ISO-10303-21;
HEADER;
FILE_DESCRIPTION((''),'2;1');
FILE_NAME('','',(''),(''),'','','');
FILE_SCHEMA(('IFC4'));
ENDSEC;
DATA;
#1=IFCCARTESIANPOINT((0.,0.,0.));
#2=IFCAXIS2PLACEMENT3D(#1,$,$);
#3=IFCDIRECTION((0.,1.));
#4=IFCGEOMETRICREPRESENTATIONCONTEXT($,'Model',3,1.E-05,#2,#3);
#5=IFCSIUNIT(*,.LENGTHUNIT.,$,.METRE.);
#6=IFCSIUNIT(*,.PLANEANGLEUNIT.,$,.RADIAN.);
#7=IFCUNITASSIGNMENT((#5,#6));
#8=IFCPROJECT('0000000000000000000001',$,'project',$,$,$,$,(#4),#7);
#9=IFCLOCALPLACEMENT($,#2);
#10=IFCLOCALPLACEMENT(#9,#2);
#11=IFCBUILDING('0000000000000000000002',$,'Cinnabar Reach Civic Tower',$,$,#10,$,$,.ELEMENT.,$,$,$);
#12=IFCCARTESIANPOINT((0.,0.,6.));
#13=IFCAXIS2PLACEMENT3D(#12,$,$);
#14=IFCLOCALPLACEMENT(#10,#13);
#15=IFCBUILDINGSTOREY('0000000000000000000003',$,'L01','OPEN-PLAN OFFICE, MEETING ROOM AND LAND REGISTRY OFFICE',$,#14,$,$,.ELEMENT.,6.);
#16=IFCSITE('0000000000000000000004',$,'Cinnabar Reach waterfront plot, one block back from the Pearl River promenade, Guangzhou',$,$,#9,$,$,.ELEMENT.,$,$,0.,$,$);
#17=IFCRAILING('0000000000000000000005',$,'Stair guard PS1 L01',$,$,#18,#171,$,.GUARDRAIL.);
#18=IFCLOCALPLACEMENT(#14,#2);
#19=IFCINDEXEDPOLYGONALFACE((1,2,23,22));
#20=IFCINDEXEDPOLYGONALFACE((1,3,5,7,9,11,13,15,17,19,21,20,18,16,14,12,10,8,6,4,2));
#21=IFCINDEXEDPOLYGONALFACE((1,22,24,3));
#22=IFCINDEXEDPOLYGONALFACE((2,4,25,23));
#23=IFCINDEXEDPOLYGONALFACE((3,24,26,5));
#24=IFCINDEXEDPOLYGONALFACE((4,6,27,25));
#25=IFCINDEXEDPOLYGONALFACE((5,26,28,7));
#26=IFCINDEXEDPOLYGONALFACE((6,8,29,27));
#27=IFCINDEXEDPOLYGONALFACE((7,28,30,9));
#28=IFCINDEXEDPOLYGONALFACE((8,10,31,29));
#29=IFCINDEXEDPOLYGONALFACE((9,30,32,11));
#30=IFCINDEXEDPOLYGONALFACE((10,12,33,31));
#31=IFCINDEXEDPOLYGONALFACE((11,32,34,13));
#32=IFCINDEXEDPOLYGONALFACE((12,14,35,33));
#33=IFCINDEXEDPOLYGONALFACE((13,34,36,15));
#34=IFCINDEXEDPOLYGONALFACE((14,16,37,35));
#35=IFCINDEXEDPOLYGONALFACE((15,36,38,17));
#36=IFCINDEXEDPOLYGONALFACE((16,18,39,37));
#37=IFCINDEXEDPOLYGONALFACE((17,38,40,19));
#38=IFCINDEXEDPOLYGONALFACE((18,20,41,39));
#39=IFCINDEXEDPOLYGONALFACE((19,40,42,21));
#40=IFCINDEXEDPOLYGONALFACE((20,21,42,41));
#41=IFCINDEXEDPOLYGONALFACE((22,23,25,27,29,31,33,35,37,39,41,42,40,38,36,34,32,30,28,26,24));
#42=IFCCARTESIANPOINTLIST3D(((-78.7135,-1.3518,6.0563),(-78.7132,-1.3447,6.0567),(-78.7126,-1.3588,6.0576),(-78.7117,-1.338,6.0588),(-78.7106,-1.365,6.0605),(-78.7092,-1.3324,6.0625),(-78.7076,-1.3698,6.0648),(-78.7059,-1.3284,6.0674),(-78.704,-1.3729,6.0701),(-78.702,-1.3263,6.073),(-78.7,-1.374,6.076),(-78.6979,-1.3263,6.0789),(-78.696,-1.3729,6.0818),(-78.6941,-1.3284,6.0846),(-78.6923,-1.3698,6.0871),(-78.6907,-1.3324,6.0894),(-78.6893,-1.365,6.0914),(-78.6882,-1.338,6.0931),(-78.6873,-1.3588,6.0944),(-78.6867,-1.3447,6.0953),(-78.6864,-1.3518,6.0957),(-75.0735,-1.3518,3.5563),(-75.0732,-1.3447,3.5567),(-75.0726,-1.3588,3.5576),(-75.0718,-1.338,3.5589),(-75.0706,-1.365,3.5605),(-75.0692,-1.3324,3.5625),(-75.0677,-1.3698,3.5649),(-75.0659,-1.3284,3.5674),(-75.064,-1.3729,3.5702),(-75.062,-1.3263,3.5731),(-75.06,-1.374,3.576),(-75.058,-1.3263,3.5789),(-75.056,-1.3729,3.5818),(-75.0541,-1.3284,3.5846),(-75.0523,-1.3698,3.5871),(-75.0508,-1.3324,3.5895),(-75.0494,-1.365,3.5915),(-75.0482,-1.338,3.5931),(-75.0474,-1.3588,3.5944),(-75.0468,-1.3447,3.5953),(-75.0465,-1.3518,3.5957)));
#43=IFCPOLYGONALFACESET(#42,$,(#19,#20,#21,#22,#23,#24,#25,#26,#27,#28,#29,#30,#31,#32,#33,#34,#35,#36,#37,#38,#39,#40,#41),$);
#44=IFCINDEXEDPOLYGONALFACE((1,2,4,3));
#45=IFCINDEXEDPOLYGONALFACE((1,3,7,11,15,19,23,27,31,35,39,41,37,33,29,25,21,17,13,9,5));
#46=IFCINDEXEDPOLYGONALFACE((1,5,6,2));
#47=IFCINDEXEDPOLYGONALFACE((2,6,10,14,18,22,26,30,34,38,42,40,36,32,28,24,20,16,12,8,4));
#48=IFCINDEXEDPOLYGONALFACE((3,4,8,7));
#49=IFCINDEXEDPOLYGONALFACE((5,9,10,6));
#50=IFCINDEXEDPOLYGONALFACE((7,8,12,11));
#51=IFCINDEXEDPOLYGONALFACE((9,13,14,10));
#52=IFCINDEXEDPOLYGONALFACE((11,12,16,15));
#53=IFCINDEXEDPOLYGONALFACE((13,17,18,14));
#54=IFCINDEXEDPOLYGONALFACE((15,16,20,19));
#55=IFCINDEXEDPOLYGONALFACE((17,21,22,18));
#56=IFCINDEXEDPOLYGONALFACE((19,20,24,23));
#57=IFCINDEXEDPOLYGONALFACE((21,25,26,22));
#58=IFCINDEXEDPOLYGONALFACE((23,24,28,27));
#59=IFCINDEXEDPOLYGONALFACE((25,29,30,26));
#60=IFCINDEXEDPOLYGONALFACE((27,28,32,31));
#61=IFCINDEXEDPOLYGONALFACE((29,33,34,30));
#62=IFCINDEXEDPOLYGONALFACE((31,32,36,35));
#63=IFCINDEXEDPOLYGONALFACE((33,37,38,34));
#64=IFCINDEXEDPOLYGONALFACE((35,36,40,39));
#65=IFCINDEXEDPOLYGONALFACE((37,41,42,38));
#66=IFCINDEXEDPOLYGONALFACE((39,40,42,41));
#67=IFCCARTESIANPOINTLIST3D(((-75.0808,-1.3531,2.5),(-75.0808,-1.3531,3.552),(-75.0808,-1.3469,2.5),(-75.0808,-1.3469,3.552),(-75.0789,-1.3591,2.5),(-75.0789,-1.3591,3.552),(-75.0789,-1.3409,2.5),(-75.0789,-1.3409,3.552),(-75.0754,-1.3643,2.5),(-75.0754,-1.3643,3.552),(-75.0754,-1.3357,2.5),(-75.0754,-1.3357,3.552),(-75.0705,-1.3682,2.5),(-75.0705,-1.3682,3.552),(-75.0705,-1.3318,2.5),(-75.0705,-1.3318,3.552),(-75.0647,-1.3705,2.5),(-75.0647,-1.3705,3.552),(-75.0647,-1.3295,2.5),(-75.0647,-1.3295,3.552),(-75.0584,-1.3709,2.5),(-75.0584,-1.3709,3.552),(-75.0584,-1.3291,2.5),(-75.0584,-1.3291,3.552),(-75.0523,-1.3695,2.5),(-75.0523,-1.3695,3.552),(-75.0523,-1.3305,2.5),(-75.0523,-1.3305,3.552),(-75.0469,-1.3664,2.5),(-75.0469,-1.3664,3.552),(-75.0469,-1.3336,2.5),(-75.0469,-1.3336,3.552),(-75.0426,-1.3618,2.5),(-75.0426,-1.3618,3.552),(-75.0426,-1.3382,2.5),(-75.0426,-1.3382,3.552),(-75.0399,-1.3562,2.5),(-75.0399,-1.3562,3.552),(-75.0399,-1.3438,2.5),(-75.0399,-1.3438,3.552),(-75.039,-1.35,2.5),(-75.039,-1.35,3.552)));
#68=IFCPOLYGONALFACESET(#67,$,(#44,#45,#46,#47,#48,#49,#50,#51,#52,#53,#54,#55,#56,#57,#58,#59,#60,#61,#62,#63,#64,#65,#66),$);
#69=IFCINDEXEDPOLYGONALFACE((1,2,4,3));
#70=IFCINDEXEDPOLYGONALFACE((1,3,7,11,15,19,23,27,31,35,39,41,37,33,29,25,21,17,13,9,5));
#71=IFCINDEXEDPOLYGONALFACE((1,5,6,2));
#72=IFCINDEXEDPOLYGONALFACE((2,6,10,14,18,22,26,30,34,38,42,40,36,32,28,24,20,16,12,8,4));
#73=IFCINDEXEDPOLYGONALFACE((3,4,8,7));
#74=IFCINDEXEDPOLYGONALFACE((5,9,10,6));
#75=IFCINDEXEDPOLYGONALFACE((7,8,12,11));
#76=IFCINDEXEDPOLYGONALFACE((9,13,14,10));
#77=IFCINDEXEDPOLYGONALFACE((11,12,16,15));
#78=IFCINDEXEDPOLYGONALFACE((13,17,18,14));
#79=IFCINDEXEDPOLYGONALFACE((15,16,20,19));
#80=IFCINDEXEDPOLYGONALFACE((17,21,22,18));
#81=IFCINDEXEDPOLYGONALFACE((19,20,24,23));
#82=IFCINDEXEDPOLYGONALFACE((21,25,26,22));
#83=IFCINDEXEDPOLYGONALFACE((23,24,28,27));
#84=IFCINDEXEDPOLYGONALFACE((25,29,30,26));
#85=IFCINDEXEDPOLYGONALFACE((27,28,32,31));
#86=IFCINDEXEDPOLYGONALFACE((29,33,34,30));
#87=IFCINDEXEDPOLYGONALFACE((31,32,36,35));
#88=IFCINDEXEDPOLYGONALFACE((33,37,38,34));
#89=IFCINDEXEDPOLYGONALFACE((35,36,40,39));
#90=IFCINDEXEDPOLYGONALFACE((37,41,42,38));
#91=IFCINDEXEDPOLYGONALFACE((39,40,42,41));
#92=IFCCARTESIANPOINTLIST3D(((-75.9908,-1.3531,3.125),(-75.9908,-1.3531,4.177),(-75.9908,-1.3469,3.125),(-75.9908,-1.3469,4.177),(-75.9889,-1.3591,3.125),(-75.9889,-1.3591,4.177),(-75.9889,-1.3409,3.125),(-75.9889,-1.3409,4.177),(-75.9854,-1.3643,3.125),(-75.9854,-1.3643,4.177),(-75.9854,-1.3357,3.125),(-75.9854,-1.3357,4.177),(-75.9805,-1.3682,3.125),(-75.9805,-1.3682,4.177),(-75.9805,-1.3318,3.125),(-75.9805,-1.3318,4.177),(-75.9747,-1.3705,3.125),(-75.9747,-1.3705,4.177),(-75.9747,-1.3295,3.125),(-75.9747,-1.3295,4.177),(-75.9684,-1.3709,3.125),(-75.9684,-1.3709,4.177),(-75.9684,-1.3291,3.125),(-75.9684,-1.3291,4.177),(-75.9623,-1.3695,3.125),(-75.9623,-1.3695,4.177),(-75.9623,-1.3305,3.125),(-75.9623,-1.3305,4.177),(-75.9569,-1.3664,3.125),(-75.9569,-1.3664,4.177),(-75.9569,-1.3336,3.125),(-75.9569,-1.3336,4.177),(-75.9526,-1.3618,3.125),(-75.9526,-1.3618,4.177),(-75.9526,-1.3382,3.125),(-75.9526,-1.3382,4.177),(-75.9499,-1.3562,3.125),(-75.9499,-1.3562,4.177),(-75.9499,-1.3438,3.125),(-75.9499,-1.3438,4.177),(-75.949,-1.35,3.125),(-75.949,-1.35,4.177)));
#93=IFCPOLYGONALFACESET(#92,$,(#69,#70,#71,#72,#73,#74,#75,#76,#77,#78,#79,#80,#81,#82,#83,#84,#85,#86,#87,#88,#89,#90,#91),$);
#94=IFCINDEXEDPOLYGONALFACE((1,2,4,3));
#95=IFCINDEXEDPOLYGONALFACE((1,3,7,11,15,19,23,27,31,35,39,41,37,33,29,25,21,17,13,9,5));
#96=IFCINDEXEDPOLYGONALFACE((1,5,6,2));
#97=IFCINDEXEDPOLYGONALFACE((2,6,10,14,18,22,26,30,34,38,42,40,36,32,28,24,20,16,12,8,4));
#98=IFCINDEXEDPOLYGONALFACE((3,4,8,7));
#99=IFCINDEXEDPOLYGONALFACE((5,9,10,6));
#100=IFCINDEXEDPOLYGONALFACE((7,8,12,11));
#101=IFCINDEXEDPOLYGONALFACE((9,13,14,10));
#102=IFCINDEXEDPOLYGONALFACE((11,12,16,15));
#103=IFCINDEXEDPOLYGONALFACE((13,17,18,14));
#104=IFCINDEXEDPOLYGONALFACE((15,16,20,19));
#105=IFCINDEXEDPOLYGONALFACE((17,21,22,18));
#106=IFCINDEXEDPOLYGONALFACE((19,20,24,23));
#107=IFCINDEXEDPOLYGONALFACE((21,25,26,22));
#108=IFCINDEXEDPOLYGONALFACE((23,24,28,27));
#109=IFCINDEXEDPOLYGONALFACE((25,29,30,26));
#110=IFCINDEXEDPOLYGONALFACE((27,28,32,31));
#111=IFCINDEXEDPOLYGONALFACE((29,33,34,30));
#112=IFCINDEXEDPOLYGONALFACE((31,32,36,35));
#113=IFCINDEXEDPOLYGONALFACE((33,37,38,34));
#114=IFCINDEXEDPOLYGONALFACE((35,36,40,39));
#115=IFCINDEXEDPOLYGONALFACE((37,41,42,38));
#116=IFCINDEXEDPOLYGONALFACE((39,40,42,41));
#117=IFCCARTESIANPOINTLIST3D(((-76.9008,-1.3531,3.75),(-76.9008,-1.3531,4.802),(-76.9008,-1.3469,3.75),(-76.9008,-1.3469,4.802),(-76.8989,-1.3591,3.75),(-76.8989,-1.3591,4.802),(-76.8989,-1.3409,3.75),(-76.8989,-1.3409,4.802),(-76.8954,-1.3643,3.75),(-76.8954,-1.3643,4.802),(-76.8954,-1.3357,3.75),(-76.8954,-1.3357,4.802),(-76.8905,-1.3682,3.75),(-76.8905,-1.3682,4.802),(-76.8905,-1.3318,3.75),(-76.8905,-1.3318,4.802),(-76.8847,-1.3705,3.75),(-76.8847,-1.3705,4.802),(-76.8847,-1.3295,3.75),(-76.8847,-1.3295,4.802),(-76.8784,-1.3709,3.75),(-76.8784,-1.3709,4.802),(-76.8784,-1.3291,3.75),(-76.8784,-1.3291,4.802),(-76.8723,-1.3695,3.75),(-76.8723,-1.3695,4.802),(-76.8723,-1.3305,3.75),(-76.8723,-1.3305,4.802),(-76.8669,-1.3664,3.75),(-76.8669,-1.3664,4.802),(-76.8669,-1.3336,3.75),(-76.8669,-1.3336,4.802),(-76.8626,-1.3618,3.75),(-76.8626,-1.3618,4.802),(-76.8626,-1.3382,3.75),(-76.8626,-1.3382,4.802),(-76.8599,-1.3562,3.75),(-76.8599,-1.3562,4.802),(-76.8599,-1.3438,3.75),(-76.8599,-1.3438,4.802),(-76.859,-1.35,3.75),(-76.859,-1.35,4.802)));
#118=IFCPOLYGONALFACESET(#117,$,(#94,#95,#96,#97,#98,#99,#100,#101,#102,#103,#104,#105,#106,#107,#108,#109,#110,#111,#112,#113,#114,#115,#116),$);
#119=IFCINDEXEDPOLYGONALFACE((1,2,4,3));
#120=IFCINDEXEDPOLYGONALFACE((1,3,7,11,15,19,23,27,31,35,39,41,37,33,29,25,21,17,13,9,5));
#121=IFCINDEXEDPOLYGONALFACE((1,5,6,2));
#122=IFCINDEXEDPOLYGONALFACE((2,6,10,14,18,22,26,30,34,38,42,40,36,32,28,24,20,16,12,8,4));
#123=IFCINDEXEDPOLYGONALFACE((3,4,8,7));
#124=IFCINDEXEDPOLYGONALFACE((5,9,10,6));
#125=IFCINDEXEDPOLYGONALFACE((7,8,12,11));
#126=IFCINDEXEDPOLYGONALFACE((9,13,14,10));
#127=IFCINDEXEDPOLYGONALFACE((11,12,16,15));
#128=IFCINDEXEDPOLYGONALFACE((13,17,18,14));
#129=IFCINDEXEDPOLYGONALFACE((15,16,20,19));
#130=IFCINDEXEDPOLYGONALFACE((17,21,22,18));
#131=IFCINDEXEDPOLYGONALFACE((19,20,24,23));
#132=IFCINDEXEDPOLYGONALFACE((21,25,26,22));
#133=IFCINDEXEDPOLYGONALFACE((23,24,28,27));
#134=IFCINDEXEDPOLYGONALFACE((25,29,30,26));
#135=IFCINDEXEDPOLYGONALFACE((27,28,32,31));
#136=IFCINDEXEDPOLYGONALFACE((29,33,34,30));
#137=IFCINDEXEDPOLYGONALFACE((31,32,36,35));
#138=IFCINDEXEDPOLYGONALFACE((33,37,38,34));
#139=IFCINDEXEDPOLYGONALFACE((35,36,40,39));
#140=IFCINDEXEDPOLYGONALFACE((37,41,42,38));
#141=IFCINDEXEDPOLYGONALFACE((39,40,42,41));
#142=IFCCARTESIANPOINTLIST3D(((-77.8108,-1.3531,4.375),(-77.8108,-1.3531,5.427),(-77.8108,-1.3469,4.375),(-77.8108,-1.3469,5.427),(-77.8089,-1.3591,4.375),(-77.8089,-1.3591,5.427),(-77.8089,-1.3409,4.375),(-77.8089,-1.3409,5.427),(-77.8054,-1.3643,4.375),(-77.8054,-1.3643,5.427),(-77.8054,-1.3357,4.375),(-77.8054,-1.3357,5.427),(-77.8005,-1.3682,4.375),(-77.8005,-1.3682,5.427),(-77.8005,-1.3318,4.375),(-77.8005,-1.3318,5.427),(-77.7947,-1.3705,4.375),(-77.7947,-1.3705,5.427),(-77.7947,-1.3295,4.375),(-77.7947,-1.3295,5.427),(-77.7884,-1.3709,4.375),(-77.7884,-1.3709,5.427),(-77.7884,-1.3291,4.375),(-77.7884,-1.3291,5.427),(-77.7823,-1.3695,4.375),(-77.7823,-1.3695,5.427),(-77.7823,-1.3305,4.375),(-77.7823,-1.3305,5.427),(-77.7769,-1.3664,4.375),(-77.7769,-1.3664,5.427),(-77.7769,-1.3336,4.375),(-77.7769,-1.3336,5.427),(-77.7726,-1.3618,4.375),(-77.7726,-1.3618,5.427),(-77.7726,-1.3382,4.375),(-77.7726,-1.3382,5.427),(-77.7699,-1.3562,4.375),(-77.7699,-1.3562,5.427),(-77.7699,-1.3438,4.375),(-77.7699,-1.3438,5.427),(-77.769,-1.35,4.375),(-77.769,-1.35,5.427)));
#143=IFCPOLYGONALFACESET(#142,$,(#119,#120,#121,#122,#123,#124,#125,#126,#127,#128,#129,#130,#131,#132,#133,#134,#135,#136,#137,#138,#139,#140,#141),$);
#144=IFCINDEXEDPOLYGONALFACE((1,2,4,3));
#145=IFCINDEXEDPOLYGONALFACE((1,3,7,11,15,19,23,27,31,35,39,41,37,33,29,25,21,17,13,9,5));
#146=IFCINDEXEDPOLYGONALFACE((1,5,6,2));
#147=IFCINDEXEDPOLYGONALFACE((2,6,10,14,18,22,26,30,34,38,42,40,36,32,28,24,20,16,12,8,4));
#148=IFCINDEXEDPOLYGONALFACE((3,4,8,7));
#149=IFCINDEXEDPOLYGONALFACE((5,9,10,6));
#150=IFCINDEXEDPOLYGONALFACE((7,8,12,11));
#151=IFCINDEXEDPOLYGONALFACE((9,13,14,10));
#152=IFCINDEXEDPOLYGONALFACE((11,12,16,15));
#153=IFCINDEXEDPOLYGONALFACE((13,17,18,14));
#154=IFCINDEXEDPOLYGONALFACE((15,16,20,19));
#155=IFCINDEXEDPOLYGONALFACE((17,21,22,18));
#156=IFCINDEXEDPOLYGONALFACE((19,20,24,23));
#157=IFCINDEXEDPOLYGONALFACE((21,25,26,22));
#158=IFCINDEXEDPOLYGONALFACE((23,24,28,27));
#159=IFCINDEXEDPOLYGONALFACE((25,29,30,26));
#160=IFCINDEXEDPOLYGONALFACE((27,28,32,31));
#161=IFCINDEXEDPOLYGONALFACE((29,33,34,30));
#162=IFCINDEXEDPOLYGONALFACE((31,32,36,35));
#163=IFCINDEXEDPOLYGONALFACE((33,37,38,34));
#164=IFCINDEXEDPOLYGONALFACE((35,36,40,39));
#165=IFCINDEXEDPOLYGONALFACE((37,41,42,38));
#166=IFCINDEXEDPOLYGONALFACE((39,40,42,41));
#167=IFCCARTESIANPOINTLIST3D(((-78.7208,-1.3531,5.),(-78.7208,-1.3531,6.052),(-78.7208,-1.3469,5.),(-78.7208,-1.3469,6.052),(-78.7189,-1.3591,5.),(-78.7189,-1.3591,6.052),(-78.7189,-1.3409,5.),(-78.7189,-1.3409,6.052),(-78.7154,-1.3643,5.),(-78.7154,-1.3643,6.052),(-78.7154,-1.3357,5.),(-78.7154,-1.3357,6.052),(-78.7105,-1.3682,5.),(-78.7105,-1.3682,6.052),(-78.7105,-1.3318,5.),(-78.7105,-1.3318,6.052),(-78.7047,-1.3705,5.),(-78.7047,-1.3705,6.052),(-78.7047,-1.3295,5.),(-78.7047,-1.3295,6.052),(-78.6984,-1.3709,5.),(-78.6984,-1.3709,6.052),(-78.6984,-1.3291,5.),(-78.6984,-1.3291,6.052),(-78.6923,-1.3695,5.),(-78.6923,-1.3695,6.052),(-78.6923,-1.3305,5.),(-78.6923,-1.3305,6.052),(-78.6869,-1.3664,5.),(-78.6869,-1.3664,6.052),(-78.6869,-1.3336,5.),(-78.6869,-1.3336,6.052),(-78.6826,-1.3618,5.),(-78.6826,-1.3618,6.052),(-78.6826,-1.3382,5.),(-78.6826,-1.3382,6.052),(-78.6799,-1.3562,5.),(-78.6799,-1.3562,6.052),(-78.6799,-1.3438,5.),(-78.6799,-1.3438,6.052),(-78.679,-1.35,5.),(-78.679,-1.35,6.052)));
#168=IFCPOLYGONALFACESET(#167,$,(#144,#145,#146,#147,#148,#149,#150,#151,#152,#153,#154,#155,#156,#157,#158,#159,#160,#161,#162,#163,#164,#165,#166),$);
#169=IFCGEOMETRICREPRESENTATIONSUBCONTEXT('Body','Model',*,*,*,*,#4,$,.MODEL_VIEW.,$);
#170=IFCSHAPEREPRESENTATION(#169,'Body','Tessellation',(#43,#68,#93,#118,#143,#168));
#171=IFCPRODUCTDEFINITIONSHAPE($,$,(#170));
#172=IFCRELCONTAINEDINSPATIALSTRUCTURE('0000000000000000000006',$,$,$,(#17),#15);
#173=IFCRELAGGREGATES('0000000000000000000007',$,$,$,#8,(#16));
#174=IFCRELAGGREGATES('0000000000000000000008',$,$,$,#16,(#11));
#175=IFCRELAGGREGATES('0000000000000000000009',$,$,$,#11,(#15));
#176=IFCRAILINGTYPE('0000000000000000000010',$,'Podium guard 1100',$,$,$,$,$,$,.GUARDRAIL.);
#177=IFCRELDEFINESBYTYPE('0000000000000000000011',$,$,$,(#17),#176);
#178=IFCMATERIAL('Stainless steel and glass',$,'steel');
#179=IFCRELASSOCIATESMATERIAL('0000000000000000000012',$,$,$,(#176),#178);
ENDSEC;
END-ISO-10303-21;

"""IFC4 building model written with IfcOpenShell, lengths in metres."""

from ifc_helpers import new_model, si_unit, direction, frame, origin, origin_2d, place, context, subcontext, project, spatial, circle, extrude, material, type_object, element, save


model = new_model("IFC4")

# Units and contexts
model_context = context("Model", 3, precision=1e-05, world=origin(), true_north=direction((0.0, 1.0)))
body_context = subcontext(model_context, "Body", "Model", "MODEL_VIEW")
ifc_project = project(units=[si_unit("LENGTHUNIT", "METRE"), si_unit("PLANEANGLEUNIT", "RADIAN")], contexts=[model_context])

# Site, building, storey
site_placement = place(None, origin())
site = spatial("IfcSite", under=ifc_project, at=site_placement, Name="Cinnabar Reach waterfront plot, one block back from the Pearl River promenade, Guangzhou", CompositionType="ELEMENT", RefElevation=0.0)
building_placement = place(site_placement, origin())
building = spatial("IfcBuilding", under=site, at=building_placement, Name="Cinnabar Reach Civic Tower", CompositionType="ELEMENT")
storey_placement = place(building_placement, frame((0.0, 0.0, 6.0)))
storey = spatial("IfcBuildingStorey", under=building, at=storey_placement, Name="L01", Description="OPEN-PLAN OFFICE, MEETING ROOM AND LAND REGISTRY OFFICE", CompositionType="ELEMENT", Elevation=6.0)

# Railing
ifc_material_1 = material(Name="Stainless steel and glass", Category="steel")
railing_type = type_object("IfcRailingType", Name="Podium guard 1100", PredefinedType="GUARDRAIL", material=ifc_material_1)
railing_1_placement = place(storey_placement, frame((-75.06, -1.35, 2.5)))
element("IfcRailing", 1, at=railing_1_placement, inside=storey, type_object=railing_type, Name="Stair guard PS1 L01", PredefinedType="GUARDRAIL", context=body_context, shape_type="SweptSolid", body=[
    extrude(circle(Radius=0.024, at=origin_2d()), frame((0.0, 0.0, 1.076), z_axis=(-0.824306, 0.0, 0.566144), x_axis=(0.0, -1.0, 0.0)), (0.0, 0.0, 1.0), 4.4158),
    extrude(circle(Radius=0.021, at=origin_2d()), origin(), (0.0, 0.0, 1.0), 1.052),
    extrude(circle(Radius=0.021, at=origin_2d()), frame((-0.91, 0.0, 0.625)), (0.0, 0.0, 1.0), 1.052),
    extrude(circle(Radius=0.021, at=origin_2d()), frame((-1.82, 0.0, 1.25)), (0.0, 0.0, 1.0), 1.052),
    extrude(circle(Radius=0.021, at=origin_2d()), frame((-2.73, 0.0, 1.875)), (0.0, 0.0, 1.0), 1.052),
    extrude(circle(Radius=0.021, at=origin_2d()), frame((-3.64, 0.0, 2.5)), (0.0, 0.0, 1.0), 1.052),
])

save(model, "model.ifc")
